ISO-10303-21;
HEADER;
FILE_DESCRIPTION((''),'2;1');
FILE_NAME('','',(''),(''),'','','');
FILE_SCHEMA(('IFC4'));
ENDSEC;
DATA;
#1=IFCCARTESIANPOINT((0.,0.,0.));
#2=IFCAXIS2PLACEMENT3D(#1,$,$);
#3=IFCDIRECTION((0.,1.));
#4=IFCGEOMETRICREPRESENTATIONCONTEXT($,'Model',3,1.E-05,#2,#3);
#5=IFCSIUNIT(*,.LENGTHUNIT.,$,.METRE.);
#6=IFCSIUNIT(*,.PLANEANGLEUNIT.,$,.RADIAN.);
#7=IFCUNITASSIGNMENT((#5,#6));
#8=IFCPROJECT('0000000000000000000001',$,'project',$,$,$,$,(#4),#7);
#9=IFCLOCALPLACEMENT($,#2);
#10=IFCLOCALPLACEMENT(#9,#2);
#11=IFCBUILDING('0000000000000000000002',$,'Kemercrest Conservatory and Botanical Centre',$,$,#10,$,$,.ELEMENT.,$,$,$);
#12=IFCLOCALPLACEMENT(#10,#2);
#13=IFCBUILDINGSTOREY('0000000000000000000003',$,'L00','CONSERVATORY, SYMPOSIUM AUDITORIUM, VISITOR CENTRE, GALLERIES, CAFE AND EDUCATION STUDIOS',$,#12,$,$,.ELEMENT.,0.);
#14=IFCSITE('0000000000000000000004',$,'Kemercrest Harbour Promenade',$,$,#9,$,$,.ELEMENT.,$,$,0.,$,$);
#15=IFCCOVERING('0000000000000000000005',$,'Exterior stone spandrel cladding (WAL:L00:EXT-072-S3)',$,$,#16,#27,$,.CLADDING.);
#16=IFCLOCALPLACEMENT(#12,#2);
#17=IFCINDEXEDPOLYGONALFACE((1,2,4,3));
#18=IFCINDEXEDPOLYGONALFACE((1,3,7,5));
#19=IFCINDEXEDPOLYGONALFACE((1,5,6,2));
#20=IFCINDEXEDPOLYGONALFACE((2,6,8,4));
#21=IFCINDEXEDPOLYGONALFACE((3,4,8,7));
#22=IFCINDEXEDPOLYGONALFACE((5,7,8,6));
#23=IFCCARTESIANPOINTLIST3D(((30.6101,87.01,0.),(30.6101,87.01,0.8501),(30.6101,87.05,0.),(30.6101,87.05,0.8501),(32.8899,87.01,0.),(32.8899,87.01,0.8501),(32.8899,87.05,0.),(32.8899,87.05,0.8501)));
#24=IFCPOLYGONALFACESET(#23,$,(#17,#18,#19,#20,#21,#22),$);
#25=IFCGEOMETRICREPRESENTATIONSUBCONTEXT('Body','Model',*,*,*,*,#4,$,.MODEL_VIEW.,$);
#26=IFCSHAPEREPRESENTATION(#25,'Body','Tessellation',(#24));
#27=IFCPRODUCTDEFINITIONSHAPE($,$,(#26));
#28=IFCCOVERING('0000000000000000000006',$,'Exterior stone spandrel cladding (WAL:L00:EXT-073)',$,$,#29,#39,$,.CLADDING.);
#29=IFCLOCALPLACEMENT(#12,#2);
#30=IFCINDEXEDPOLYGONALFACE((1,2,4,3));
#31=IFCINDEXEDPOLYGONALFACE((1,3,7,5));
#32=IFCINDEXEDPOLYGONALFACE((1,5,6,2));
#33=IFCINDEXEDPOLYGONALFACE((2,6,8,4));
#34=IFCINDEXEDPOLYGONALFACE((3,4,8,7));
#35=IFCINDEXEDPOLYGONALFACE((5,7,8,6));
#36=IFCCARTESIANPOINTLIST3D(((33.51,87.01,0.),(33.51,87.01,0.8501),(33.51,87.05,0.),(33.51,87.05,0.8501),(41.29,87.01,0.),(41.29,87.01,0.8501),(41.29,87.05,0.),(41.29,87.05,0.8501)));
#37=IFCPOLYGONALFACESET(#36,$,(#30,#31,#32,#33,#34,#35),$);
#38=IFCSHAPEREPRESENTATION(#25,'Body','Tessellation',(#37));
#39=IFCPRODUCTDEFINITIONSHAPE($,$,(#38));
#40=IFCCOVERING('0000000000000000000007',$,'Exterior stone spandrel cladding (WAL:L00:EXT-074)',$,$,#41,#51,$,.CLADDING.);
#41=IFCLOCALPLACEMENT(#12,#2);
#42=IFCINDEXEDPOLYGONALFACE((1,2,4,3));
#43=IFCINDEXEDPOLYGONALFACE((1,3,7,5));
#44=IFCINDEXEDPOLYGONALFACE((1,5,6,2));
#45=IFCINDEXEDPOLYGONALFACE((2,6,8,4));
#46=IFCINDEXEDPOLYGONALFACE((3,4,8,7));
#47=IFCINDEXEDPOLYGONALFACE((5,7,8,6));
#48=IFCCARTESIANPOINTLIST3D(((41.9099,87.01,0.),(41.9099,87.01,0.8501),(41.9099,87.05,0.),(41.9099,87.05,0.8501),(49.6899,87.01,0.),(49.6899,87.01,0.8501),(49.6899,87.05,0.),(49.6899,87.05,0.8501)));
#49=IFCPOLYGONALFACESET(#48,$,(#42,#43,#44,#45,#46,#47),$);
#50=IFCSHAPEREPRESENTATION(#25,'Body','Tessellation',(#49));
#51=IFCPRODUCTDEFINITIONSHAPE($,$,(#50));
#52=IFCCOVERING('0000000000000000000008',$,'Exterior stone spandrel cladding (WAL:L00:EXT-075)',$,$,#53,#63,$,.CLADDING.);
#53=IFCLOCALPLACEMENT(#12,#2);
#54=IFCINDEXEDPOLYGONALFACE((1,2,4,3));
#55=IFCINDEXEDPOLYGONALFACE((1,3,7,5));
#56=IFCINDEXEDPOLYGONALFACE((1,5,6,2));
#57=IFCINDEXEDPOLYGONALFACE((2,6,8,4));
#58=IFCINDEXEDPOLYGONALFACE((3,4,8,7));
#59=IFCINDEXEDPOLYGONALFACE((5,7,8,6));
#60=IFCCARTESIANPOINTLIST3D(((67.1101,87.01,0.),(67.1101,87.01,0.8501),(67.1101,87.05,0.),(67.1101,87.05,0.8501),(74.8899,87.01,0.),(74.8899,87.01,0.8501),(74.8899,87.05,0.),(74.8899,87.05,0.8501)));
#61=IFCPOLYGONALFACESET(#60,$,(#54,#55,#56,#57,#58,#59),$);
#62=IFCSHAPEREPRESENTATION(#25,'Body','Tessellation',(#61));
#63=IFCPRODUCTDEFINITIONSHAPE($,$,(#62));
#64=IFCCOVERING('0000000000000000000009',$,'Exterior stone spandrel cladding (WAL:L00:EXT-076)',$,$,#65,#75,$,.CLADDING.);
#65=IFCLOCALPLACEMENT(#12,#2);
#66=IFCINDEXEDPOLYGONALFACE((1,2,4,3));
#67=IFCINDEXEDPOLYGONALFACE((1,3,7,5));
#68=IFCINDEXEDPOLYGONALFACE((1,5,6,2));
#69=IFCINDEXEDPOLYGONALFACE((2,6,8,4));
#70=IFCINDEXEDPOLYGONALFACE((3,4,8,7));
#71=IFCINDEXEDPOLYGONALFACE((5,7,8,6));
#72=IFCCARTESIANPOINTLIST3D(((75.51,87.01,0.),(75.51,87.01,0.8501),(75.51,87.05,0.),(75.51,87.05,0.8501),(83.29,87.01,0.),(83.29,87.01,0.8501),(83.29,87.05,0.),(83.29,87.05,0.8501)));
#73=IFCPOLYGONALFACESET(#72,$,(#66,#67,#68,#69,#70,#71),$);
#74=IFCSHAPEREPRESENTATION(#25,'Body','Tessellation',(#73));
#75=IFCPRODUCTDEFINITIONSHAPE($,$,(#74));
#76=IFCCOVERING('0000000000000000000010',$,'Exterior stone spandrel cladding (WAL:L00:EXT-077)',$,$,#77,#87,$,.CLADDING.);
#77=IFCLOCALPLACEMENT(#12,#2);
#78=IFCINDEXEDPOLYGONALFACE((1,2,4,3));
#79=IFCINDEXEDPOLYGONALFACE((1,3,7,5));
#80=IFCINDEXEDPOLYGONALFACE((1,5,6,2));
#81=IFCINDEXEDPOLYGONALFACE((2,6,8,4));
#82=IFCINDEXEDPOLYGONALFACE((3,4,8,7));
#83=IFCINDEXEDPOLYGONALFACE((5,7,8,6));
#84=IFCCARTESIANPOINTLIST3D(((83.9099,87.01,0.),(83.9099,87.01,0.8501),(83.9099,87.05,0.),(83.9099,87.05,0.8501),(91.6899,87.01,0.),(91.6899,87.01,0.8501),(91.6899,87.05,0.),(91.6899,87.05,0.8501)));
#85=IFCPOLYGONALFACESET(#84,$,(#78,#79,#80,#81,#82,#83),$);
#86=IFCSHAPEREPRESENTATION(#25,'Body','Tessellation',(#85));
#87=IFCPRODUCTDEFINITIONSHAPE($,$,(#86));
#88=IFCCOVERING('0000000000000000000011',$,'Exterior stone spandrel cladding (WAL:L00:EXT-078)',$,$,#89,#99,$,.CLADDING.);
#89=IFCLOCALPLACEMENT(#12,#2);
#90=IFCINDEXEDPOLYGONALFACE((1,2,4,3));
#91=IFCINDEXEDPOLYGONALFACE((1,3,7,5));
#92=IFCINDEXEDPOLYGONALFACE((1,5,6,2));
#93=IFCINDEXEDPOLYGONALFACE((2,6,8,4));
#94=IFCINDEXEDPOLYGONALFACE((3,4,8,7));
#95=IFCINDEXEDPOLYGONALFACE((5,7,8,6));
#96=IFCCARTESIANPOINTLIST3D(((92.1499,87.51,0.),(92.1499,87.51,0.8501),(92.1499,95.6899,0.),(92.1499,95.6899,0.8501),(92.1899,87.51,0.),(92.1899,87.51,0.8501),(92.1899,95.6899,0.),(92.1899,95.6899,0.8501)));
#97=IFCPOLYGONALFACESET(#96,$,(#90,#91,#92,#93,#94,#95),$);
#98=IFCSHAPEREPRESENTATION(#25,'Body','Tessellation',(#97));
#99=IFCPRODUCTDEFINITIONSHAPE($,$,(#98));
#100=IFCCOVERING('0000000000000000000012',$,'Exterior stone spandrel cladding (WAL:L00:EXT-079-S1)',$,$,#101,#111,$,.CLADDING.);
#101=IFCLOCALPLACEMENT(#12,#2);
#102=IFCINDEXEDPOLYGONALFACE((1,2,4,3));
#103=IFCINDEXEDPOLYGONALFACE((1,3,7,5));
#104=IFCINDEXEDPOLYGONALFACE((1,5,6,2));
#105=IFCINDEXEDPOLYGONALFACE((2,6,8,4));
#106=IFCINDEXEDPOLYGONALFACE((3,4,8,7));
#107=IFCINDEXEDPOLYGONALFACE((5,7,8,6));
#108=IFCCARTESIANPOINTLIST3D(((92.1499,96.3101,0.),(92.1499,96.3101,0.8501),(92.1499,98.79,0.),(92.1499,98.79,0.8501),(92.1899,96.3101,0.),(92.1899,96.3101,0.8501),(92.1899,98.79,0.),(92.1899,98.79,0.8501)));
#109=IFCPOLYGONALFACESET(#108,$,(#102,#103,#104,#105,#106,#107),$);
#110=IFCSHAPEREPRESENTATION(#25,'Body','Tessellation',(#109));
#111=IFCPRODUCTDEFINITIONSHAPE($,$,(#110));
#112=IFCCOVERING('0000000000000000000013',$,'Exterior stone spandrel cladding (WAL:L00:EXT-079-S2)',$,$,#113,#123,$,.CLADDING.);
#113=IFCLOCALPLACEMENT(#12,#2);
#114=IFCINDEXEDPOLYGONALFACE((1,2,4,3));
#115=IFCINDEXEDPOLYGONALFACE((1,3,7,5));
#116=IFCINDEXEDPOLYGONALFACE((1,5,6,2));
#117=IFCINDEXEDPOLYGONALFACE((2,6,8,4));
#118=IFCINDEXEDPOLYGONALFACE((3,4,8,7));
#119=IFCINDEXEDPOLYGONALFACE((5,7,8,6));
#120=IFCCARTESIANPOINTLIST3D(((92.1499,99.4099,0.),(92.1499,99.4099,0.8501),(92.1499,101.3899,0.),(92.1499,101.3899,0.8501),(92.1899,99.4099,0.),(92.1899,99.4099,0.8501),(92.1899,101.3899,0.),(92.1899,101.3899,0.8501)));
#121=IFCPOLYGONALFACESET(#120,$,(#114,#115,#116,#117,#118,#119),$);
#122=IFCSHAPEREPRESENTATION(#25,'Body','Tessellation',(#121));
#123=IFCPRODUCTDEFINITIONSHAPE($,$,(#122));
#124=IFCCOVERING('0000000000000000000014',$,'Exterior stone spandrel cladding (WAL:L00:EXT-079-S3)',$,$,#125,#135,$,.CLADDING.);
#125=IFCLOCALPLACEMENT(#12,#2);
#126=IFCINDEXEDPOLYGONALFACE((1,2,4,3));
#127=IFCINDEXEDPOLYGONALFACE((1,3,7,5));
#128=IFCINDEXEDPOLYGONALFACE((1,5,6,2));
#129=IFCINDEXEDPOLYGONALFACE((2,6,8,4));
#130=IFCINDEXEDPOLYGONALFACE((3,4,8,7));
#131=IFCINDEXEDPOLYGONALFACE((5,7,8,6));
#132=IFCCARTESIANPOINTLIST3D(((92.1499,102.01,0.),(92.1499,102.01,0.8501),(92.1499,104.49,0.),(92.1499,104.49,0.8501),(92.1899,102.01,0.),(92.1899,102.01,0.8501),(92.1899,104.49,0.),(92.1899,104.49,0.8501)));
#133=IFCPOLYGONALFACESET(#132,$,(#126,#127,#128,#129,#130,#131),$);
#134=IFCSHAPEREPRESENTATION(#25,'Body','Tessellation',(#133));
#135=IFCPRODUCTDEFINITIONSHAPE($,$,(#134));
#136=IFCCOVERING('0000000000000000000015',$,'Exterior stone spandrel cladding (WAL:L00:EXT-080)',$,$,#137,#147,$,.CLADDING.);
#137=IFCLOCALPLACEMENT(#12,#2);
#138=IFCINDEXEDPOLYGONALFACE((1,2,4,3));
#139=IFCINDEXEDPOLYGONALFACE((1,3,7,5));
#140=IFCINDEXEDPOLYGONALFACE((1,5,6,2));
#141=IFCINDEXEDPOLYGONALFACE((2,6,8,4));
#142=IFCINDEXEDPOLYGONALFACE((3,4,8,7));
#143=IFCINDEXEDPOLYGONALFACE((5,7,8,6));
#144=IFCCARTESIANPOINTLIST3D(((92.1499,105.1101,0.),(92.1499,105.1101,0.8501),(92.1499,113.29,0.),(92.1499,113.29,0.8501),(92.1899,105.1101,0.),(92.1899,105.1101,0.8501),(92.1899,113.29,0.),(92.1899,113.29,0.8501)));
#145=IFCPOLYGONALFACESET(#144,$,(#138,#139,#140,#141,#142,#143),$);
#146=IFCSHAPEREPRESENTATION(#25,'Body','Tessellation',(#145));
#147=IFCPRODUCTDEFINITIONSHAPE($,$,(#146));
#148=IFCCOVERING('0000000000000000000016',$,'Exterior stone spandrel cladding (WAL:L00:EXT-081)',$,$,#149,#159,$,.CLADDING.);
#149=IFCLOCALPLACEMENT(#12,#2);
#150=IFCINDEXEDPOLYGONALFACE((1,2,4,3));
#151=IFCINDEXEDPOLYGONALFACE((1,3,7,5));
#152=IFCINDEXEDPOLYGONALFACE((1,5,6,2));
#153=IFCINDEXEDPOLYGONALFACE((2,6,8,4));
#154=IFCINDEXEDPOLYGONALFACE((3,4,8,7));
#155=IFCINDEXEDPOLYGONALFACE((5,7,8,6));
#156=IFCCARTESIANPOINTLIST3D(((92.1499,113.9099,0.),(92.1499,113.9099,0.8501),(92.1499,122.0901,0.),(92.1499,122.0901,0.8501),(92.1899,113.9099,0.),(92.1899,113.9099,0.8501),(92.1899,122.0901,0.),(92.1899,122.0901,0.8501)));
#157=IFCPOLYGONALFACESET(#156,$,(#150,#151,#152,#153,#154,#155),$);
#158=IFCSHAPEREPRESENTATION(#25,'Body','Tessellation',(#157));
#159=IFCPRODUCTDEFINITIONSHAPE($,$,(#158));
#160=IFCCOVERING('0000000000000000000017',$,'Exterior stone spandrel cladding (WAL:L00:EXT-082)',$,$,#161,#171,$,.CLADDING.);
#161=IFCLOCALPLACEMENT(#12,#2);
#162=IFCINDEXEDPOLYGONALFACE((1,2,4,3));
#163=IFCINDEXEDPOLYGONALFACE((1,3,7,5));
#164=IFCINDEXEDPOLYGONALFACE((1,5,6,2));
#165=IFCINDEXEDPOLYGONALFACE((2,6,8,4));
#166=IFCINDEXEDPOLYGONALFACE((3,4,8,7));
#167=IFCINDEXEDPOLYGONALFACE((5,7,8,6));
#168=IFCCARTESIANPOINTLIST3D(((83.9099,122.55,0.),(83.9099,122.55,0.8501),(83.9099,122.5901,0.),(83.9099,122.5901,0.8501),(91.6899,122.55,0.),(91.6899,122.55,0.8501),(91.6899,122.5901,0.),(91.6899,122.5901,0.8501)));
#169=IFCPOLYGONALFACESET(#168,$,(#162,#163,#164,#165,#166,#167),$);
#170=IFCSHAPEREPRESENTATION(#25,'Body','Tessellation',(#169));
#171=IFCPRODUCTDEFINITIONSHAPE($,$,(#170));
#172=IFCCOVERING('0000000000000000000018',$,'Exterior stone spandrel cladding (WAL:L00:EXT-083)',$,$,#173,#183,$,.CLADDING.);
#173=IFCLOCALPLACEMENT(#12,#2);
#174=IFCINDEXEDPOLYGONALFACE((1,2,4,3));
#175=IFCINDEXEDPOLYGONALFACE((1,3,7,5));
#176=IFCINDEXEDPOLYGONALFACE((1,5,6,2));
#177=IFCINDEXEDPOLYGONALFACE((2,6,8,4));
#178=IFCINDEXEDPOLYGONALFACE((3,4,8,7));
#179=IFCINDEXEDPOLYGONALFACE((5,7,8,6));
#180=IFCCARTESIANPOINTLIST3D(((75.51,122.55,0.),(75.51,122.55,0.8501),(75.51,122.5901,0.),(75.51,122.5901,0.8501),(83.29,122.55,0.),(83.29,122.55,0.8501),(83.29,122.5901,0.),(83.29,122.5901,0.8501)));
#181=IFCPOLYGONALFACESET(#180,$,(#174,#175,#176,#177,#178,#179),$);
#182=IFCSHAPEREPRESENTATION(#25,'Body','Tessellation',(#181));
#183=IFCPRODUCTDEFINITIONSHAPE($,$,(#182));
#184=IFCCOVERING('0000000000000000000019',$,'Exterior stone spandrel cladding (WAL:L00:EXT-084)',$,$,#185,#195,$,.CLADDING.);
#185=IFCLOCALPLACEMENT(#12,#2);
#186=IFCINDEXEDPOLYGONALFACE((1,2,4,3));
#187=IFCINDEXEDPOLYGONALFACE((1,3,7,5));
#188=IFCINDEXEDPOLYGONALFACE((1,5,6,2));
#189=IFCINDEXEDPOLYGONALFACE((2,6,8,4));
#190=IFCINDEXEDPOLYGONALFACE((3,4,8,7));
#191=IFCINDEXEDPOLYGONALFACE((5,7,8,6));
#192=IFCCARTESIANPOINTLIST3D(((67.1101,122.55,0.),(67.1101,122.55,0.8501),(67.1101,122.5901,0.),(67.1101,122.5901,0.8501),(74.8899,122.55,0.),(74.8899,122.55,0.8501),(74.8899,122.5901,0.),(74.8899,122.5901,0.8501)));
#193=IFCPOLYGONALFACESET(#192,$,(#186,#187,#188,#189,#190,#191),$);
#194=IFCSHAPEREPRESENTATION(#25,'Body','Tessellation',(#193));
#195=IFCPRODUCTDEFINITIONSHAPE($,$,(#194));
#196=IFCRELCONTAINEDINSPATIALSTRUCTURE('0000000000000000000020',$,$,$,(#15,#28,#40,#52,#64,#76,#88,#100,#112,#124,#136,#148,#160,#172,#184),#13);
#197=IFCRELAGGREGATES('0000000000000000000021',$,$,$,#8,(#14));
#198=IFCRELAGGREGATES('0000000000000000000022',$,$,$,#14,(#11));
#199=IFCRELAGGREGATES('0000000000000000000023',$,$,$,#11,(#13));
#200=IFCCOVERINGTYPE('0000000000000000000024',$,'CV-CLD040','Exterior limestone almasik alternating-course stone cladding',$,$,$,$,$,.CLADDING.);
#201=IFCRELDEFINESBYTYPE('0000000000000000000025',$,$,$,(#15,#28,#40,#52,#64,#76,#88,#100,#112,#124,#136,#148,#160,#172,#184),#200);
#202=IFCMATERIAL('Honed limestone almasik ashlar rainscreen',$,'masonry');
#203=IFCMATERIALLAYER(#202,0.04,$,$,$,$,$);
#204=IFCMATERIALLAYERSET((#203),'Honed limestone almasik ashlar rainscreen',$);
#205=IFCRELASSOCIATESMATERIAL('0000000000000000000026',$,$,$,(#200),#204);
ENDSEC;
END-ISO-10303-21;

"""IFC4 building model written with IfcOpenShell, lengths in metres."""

from ifc_helpers import new_model, si_unit, direction, origin, place, context, subcontext, project, spatial, polyline, outline, extrude, material, layer, layer_set, type_object, element, save


model = new_model("IFC4")

# Units and contexts
model_context = context("Model", 3, precision=1e-05, world=origin(), true_north=direction((0.0, 1.0)))
body_context = subcontext(model_context, "Body", "Model", "MODEL_VIEW")
ifc_project = project(units=[si_unit("LENGTHUNIT", "METRE"), si_unit("PLANEANGLEUNIT", "RADIAN")], contexts=[model_context])

# Site, building, storey
site_placement = place(None, origin())
site = spatial("IfcSite", under=ifc_project, at=site_placement, Name="Kemercrest Harbour Promenade", CompositionType="ELEMENT", RefElevation=0.0)
building_placement = place(site_placement, origin())
building = spatial("IfcBuilding", under=site, at=building_placement, Name="Kemercrest Conservatory and Botanical Centre", CompositionType="ELEMENT")
storey_placement = place(building_placement, origin())
storey = spatial("IfcBuildingStorey", under=building, at=storey_placement, Name="L00", Description="CONSERVATORY, SYMPOSIUM AUDITORIUM, VISITOR CENTRE, GALLERIES, CAFE AND EDUCATION STUDIOS", CompositionType="ELEMENT", Elevation=0.0)

# Coverings
ifc_material = material(Name="Honed limestone almasik ashlar rainscreen", Category="masonry")
ifc_layer = layer(ifc_material, 0.04)
ifc_layer_set = layer_set([ifc_layer], Name="Honed limestone almasik ashlar rainscreen")
covering_type = type_object("IfcCoveringType", Name="CV-CLD040", Description="Exterior limestone almasik alternating-course stone cladding", PredefinedType="CLADDING", material=ifc_layer_set)
covering_1_placement = place(storey_placement, origin())
element("IfcCovering", 1, at=covering_1_placement, inside=storey, type_object=covering_type, Name="Exterior stone spandrel cladding (WAL:L00:EXT-072-S3)", PredefinedType="CLADDING", context=body_context, shape_type="SweptSolid", body=[
    extrude(outline(polyline([(30.6101, 87.05), (30.6101, 87.01), (32.8899, 87.01), (32.8899, 87.05), (30.6101, 87.05)])), origin(), (0.0, 0.0, 1.0), 0.8501),
])
covering_2_placement = place(storey_placement, origin())
element("IfcCovering", 2, at=covering_2_placement, inside=storey, type_object=covering_type, Name="Exterior stone spandrel cladding (WAL:L00:EXT-073)", PredefinedType="CLADDING", context=body_context, shape_type="SweptSolid", body=[
    extrude(outline(polyline([(33.51, 87.05), (33.51, 87.01), (41.29, 87.01), (41.29, 87.05), (33.51, 87.05)])), origin(), (0.0, 0.0, 1.0), 0.8501),
])
covering_3_placement = place(storey_placement, origin())
element("IfcCovering", 3, at=covering_3_placement, inside=storey, type_object=covering_type, Name="Exterior stone spandrel cladding (WAL:L00:EXT-074)", PredefinedType="CLADDING", context=body_context, shape_type="SweptSolid", body=[
    extrude(outline(polyline([(41.9099, 87.05), (41.9099, 87.01), (49.6899, 87.01), (49.6899, 87.05), (41.9099, 87.05)])), origin(), (0.0, 0.0, 1.0), 0.8501),
])
covering_4_placement = place(storey_placement, origin())
element("IfcCovering", 4, at=covering_4_placement, inside=storey, type_object=covering_type, Name="Exterior stone spandrel cladding (WAL:L00:EXT-075)", PredefinedType="CLADDING", context=body_context, shape_type="SweptSolid", body=[
    extrude(outline(polyline([(67.1101, 87.05), (67.1101, 87.01), (74.8899, 87.01), (74.8899, 87.05), (67.1101, 87.05)])), origin(), (0.0, 0.0, 1.0), 0.8501),
])
covering_5_placement = place(storey_placement, origin())
element("IfcCovering", 5, at=covering_5_placement, inside=storey, type_object=covering_type, Name="Exterior stone spandrel cladding (WAL:L00:EXT-076)", PredefinedType="CLADDING", context=body_context, shape_type="SweptSolid", body=[
    extrude(outline(polyline([(75.51, 87.05), (75.51, 87.01), (83.29, 87.01), (83.29, 87.05), (75.51, 87.05)])), origin(), (0.0, 0.0, 1.0), 0.8501),
])
covering_6_placement = place(storey_placement, origin())
element("IfcCovering", 6, at=covering_6_placement, inside=storey, type_object=covering_type, Name="Exterior stone spandrel cladding (WAL:L00:EXT-077)", PredefinedType="CLADDING", context=body_context, shape_type="SweptSolid", body=[
    extrude(outline(polyline([(83.9099, 87.05), (83.9099, 87.01), (91.6899, 87.01), (91.6899, 87.05), (83.9099, 87.05)])), origin(), (0.0, 0.0, 1.0), 0.8501),
])
covering_7_placement = place(storey_placement, origin())
element("IfcCovering", 7, at=covering_7_placement, inside=storey, type_object=covering_type, Name="Exterior stone spandrel cladding (WAL:L00:EXT-078)", PredefinedType="CLADDING", context=body_context, shape_type="SweptSolid", body=[
    extrude(outline(polyline([(92.1499, 87.51), (92.1899, 87.51), (92.1899, 95.6899), (92.1499, 95.6899), (92.1499, 87.51)])), origin(), (0.0, 0.0, 1.0), 0.8501),
])
covering_8_placement = place(storey_placement, origin())
element("IfcCovering", 8, at=covering_8_placement, inside=storey, type_object=covering_type, Name="Exterior stone spandrel cladding (WAL:L00:EXT-079-S1)", PredefinedType="CLADDING", context=body_context, shape_type="SweptSolid", body=[
    extrude(outline(polyline([(92.1499, 96.3101), (92.1899, 96.3101), (92.1899, 98.79), (92.1499, 98.79), (92.1499, 96.3101)])), origin(), (0.0, 0.0, 1.0), 0.8501),
])
covering_9_placement = place(storey_placement, origin())
element("IfcCovering", 9, at=covering_9_placement, inside=storey, type_object=covering_type, Name="Exterior stone spandrel cladding (WAL:L00:EXT-079-S2)", PredefinedType="CLADDING", context=body_context, shape_type="SweptSolid", body=[
    extrude(outline(polyline([(92.1499, 99.4099), (92.1899, 99.4099), (92.1899, 101.3899), (92.1499, 101.3899), (92.1499, 99.4099)])), origin(), (0.0, 0.0, 1.0), 0.8501),
])
covering_10_placement = place(storey_placement, origin())
element("IfcCovering", 10, at=covering_10_placement, inside=storey, type_object=covering_type, Name="Exterior stone spandrel cladding (WAL:L00:EXT-079-S3)", PredefinedType="CLADDING", context=body_context, shape_type="SweptSolid", body=[
    extrude(outline(polyline([(92.1499, 102.01), (92.1899, 102.01), (92.1899, 104.49), (92.1499, 104.49), (92.1499, 102.01)])), origin(), (0.0, 0.0, 1.0), 0.8501),
])
covering_11_placement = place(storey_placement, origin())
element("IfcCovering", 11, at=covering_11_placement, inside=storey, type_object=covering_type, Name="Exterior stone spandrel cladding (WAL:L00:EXT-080)", PredefinedType="CLADDING", context=body_context, shape_type="SweptSolid", body=[
    extrude(outline(polyline([(92.1499, 105.1101), (92.1899, 105.1101), (92.1899, 113.29), (92.1499, 113.29), (92.1499, 105.1101)])), origin(), (0.0, 0.0, 1.0), 0.8501),
])
covering_12_placement = place(storey_placement, origin())
element("IfcCovering", 12, at=covering_12_placement, inside=storey, type_object=covering_type, Name="Exterior stone spandrel cladding (WAL:L00:EXT-081)", PredefinedType="CLADDING", context=body_context, shape_type="SweptSolid", body=[
    extrude(outline(polyline([(92.1499, 113.9099), (92.1899, 113.9099), (92.1899, 122.0901), (92.1499, 122.0901), (92.1499, 113.9099)])), origin(), (0.0, 0.0, 1.0), 0.8501),
])
covering_13_placement = place(storey_placement, origin())
element("IfcCovering", 13, at=covering_13_placement, inside=storey, type_object=covering_type, Name="Exterior stone spandrel cladding (WAL:L00:EXT-082)", PredefinedType="CLADDING", context=body_context, shape_type="SweptSolid", body=[
    extrude(outline(polyline([(91.6899, 122.55), (91.6899, 122.5901), (83.9099, 122.5901), (83.9099, 122.55), (91.6899, 122.55)])), origin(), (0.0, 0.0, 1.0), 0.8501),
])
covering_14_placement = place(storey_placement, origin())
element("IfcCovering", 14, at=covering_14_placement, inside=storey, type_object=covering_type, Name="Exterior stone spandrel cladding (WAL:L00:EXT-083)", PredefinedType="CLADDING", context=body_context, shape_type="SweptSolid", body=[
    extrude(outline(polyline([(83.29, 122.55), (83.29, 122.5901), (75.51, 122.5901), (75.51, 122.55), (83.29, 122.55)])), origin(), (0.0, 0.0, 1.0), 0.8501),
])
covering_15_placement = place(storey_placement, origin())
element("IfcCovering", 15, at=covering_15_placement, inside=storey, type_object=covering_type, Name="Exterior stone spandrel cladding (WAL:L00:EXT-084)", PredefinedType="CLADDING", context=body_context, shape_type="SweptSolid", body=[
    extrude(outline(polyline([(74.8899, 122.55), (74.8899, 122.5901), (67.1101, 122.5901), (67.1101, 122.55), (74.8899, 122.55)])), origin(), (0.0, 0.0, 1.0), 0.8501),
])

save(model, "model.ifc")
